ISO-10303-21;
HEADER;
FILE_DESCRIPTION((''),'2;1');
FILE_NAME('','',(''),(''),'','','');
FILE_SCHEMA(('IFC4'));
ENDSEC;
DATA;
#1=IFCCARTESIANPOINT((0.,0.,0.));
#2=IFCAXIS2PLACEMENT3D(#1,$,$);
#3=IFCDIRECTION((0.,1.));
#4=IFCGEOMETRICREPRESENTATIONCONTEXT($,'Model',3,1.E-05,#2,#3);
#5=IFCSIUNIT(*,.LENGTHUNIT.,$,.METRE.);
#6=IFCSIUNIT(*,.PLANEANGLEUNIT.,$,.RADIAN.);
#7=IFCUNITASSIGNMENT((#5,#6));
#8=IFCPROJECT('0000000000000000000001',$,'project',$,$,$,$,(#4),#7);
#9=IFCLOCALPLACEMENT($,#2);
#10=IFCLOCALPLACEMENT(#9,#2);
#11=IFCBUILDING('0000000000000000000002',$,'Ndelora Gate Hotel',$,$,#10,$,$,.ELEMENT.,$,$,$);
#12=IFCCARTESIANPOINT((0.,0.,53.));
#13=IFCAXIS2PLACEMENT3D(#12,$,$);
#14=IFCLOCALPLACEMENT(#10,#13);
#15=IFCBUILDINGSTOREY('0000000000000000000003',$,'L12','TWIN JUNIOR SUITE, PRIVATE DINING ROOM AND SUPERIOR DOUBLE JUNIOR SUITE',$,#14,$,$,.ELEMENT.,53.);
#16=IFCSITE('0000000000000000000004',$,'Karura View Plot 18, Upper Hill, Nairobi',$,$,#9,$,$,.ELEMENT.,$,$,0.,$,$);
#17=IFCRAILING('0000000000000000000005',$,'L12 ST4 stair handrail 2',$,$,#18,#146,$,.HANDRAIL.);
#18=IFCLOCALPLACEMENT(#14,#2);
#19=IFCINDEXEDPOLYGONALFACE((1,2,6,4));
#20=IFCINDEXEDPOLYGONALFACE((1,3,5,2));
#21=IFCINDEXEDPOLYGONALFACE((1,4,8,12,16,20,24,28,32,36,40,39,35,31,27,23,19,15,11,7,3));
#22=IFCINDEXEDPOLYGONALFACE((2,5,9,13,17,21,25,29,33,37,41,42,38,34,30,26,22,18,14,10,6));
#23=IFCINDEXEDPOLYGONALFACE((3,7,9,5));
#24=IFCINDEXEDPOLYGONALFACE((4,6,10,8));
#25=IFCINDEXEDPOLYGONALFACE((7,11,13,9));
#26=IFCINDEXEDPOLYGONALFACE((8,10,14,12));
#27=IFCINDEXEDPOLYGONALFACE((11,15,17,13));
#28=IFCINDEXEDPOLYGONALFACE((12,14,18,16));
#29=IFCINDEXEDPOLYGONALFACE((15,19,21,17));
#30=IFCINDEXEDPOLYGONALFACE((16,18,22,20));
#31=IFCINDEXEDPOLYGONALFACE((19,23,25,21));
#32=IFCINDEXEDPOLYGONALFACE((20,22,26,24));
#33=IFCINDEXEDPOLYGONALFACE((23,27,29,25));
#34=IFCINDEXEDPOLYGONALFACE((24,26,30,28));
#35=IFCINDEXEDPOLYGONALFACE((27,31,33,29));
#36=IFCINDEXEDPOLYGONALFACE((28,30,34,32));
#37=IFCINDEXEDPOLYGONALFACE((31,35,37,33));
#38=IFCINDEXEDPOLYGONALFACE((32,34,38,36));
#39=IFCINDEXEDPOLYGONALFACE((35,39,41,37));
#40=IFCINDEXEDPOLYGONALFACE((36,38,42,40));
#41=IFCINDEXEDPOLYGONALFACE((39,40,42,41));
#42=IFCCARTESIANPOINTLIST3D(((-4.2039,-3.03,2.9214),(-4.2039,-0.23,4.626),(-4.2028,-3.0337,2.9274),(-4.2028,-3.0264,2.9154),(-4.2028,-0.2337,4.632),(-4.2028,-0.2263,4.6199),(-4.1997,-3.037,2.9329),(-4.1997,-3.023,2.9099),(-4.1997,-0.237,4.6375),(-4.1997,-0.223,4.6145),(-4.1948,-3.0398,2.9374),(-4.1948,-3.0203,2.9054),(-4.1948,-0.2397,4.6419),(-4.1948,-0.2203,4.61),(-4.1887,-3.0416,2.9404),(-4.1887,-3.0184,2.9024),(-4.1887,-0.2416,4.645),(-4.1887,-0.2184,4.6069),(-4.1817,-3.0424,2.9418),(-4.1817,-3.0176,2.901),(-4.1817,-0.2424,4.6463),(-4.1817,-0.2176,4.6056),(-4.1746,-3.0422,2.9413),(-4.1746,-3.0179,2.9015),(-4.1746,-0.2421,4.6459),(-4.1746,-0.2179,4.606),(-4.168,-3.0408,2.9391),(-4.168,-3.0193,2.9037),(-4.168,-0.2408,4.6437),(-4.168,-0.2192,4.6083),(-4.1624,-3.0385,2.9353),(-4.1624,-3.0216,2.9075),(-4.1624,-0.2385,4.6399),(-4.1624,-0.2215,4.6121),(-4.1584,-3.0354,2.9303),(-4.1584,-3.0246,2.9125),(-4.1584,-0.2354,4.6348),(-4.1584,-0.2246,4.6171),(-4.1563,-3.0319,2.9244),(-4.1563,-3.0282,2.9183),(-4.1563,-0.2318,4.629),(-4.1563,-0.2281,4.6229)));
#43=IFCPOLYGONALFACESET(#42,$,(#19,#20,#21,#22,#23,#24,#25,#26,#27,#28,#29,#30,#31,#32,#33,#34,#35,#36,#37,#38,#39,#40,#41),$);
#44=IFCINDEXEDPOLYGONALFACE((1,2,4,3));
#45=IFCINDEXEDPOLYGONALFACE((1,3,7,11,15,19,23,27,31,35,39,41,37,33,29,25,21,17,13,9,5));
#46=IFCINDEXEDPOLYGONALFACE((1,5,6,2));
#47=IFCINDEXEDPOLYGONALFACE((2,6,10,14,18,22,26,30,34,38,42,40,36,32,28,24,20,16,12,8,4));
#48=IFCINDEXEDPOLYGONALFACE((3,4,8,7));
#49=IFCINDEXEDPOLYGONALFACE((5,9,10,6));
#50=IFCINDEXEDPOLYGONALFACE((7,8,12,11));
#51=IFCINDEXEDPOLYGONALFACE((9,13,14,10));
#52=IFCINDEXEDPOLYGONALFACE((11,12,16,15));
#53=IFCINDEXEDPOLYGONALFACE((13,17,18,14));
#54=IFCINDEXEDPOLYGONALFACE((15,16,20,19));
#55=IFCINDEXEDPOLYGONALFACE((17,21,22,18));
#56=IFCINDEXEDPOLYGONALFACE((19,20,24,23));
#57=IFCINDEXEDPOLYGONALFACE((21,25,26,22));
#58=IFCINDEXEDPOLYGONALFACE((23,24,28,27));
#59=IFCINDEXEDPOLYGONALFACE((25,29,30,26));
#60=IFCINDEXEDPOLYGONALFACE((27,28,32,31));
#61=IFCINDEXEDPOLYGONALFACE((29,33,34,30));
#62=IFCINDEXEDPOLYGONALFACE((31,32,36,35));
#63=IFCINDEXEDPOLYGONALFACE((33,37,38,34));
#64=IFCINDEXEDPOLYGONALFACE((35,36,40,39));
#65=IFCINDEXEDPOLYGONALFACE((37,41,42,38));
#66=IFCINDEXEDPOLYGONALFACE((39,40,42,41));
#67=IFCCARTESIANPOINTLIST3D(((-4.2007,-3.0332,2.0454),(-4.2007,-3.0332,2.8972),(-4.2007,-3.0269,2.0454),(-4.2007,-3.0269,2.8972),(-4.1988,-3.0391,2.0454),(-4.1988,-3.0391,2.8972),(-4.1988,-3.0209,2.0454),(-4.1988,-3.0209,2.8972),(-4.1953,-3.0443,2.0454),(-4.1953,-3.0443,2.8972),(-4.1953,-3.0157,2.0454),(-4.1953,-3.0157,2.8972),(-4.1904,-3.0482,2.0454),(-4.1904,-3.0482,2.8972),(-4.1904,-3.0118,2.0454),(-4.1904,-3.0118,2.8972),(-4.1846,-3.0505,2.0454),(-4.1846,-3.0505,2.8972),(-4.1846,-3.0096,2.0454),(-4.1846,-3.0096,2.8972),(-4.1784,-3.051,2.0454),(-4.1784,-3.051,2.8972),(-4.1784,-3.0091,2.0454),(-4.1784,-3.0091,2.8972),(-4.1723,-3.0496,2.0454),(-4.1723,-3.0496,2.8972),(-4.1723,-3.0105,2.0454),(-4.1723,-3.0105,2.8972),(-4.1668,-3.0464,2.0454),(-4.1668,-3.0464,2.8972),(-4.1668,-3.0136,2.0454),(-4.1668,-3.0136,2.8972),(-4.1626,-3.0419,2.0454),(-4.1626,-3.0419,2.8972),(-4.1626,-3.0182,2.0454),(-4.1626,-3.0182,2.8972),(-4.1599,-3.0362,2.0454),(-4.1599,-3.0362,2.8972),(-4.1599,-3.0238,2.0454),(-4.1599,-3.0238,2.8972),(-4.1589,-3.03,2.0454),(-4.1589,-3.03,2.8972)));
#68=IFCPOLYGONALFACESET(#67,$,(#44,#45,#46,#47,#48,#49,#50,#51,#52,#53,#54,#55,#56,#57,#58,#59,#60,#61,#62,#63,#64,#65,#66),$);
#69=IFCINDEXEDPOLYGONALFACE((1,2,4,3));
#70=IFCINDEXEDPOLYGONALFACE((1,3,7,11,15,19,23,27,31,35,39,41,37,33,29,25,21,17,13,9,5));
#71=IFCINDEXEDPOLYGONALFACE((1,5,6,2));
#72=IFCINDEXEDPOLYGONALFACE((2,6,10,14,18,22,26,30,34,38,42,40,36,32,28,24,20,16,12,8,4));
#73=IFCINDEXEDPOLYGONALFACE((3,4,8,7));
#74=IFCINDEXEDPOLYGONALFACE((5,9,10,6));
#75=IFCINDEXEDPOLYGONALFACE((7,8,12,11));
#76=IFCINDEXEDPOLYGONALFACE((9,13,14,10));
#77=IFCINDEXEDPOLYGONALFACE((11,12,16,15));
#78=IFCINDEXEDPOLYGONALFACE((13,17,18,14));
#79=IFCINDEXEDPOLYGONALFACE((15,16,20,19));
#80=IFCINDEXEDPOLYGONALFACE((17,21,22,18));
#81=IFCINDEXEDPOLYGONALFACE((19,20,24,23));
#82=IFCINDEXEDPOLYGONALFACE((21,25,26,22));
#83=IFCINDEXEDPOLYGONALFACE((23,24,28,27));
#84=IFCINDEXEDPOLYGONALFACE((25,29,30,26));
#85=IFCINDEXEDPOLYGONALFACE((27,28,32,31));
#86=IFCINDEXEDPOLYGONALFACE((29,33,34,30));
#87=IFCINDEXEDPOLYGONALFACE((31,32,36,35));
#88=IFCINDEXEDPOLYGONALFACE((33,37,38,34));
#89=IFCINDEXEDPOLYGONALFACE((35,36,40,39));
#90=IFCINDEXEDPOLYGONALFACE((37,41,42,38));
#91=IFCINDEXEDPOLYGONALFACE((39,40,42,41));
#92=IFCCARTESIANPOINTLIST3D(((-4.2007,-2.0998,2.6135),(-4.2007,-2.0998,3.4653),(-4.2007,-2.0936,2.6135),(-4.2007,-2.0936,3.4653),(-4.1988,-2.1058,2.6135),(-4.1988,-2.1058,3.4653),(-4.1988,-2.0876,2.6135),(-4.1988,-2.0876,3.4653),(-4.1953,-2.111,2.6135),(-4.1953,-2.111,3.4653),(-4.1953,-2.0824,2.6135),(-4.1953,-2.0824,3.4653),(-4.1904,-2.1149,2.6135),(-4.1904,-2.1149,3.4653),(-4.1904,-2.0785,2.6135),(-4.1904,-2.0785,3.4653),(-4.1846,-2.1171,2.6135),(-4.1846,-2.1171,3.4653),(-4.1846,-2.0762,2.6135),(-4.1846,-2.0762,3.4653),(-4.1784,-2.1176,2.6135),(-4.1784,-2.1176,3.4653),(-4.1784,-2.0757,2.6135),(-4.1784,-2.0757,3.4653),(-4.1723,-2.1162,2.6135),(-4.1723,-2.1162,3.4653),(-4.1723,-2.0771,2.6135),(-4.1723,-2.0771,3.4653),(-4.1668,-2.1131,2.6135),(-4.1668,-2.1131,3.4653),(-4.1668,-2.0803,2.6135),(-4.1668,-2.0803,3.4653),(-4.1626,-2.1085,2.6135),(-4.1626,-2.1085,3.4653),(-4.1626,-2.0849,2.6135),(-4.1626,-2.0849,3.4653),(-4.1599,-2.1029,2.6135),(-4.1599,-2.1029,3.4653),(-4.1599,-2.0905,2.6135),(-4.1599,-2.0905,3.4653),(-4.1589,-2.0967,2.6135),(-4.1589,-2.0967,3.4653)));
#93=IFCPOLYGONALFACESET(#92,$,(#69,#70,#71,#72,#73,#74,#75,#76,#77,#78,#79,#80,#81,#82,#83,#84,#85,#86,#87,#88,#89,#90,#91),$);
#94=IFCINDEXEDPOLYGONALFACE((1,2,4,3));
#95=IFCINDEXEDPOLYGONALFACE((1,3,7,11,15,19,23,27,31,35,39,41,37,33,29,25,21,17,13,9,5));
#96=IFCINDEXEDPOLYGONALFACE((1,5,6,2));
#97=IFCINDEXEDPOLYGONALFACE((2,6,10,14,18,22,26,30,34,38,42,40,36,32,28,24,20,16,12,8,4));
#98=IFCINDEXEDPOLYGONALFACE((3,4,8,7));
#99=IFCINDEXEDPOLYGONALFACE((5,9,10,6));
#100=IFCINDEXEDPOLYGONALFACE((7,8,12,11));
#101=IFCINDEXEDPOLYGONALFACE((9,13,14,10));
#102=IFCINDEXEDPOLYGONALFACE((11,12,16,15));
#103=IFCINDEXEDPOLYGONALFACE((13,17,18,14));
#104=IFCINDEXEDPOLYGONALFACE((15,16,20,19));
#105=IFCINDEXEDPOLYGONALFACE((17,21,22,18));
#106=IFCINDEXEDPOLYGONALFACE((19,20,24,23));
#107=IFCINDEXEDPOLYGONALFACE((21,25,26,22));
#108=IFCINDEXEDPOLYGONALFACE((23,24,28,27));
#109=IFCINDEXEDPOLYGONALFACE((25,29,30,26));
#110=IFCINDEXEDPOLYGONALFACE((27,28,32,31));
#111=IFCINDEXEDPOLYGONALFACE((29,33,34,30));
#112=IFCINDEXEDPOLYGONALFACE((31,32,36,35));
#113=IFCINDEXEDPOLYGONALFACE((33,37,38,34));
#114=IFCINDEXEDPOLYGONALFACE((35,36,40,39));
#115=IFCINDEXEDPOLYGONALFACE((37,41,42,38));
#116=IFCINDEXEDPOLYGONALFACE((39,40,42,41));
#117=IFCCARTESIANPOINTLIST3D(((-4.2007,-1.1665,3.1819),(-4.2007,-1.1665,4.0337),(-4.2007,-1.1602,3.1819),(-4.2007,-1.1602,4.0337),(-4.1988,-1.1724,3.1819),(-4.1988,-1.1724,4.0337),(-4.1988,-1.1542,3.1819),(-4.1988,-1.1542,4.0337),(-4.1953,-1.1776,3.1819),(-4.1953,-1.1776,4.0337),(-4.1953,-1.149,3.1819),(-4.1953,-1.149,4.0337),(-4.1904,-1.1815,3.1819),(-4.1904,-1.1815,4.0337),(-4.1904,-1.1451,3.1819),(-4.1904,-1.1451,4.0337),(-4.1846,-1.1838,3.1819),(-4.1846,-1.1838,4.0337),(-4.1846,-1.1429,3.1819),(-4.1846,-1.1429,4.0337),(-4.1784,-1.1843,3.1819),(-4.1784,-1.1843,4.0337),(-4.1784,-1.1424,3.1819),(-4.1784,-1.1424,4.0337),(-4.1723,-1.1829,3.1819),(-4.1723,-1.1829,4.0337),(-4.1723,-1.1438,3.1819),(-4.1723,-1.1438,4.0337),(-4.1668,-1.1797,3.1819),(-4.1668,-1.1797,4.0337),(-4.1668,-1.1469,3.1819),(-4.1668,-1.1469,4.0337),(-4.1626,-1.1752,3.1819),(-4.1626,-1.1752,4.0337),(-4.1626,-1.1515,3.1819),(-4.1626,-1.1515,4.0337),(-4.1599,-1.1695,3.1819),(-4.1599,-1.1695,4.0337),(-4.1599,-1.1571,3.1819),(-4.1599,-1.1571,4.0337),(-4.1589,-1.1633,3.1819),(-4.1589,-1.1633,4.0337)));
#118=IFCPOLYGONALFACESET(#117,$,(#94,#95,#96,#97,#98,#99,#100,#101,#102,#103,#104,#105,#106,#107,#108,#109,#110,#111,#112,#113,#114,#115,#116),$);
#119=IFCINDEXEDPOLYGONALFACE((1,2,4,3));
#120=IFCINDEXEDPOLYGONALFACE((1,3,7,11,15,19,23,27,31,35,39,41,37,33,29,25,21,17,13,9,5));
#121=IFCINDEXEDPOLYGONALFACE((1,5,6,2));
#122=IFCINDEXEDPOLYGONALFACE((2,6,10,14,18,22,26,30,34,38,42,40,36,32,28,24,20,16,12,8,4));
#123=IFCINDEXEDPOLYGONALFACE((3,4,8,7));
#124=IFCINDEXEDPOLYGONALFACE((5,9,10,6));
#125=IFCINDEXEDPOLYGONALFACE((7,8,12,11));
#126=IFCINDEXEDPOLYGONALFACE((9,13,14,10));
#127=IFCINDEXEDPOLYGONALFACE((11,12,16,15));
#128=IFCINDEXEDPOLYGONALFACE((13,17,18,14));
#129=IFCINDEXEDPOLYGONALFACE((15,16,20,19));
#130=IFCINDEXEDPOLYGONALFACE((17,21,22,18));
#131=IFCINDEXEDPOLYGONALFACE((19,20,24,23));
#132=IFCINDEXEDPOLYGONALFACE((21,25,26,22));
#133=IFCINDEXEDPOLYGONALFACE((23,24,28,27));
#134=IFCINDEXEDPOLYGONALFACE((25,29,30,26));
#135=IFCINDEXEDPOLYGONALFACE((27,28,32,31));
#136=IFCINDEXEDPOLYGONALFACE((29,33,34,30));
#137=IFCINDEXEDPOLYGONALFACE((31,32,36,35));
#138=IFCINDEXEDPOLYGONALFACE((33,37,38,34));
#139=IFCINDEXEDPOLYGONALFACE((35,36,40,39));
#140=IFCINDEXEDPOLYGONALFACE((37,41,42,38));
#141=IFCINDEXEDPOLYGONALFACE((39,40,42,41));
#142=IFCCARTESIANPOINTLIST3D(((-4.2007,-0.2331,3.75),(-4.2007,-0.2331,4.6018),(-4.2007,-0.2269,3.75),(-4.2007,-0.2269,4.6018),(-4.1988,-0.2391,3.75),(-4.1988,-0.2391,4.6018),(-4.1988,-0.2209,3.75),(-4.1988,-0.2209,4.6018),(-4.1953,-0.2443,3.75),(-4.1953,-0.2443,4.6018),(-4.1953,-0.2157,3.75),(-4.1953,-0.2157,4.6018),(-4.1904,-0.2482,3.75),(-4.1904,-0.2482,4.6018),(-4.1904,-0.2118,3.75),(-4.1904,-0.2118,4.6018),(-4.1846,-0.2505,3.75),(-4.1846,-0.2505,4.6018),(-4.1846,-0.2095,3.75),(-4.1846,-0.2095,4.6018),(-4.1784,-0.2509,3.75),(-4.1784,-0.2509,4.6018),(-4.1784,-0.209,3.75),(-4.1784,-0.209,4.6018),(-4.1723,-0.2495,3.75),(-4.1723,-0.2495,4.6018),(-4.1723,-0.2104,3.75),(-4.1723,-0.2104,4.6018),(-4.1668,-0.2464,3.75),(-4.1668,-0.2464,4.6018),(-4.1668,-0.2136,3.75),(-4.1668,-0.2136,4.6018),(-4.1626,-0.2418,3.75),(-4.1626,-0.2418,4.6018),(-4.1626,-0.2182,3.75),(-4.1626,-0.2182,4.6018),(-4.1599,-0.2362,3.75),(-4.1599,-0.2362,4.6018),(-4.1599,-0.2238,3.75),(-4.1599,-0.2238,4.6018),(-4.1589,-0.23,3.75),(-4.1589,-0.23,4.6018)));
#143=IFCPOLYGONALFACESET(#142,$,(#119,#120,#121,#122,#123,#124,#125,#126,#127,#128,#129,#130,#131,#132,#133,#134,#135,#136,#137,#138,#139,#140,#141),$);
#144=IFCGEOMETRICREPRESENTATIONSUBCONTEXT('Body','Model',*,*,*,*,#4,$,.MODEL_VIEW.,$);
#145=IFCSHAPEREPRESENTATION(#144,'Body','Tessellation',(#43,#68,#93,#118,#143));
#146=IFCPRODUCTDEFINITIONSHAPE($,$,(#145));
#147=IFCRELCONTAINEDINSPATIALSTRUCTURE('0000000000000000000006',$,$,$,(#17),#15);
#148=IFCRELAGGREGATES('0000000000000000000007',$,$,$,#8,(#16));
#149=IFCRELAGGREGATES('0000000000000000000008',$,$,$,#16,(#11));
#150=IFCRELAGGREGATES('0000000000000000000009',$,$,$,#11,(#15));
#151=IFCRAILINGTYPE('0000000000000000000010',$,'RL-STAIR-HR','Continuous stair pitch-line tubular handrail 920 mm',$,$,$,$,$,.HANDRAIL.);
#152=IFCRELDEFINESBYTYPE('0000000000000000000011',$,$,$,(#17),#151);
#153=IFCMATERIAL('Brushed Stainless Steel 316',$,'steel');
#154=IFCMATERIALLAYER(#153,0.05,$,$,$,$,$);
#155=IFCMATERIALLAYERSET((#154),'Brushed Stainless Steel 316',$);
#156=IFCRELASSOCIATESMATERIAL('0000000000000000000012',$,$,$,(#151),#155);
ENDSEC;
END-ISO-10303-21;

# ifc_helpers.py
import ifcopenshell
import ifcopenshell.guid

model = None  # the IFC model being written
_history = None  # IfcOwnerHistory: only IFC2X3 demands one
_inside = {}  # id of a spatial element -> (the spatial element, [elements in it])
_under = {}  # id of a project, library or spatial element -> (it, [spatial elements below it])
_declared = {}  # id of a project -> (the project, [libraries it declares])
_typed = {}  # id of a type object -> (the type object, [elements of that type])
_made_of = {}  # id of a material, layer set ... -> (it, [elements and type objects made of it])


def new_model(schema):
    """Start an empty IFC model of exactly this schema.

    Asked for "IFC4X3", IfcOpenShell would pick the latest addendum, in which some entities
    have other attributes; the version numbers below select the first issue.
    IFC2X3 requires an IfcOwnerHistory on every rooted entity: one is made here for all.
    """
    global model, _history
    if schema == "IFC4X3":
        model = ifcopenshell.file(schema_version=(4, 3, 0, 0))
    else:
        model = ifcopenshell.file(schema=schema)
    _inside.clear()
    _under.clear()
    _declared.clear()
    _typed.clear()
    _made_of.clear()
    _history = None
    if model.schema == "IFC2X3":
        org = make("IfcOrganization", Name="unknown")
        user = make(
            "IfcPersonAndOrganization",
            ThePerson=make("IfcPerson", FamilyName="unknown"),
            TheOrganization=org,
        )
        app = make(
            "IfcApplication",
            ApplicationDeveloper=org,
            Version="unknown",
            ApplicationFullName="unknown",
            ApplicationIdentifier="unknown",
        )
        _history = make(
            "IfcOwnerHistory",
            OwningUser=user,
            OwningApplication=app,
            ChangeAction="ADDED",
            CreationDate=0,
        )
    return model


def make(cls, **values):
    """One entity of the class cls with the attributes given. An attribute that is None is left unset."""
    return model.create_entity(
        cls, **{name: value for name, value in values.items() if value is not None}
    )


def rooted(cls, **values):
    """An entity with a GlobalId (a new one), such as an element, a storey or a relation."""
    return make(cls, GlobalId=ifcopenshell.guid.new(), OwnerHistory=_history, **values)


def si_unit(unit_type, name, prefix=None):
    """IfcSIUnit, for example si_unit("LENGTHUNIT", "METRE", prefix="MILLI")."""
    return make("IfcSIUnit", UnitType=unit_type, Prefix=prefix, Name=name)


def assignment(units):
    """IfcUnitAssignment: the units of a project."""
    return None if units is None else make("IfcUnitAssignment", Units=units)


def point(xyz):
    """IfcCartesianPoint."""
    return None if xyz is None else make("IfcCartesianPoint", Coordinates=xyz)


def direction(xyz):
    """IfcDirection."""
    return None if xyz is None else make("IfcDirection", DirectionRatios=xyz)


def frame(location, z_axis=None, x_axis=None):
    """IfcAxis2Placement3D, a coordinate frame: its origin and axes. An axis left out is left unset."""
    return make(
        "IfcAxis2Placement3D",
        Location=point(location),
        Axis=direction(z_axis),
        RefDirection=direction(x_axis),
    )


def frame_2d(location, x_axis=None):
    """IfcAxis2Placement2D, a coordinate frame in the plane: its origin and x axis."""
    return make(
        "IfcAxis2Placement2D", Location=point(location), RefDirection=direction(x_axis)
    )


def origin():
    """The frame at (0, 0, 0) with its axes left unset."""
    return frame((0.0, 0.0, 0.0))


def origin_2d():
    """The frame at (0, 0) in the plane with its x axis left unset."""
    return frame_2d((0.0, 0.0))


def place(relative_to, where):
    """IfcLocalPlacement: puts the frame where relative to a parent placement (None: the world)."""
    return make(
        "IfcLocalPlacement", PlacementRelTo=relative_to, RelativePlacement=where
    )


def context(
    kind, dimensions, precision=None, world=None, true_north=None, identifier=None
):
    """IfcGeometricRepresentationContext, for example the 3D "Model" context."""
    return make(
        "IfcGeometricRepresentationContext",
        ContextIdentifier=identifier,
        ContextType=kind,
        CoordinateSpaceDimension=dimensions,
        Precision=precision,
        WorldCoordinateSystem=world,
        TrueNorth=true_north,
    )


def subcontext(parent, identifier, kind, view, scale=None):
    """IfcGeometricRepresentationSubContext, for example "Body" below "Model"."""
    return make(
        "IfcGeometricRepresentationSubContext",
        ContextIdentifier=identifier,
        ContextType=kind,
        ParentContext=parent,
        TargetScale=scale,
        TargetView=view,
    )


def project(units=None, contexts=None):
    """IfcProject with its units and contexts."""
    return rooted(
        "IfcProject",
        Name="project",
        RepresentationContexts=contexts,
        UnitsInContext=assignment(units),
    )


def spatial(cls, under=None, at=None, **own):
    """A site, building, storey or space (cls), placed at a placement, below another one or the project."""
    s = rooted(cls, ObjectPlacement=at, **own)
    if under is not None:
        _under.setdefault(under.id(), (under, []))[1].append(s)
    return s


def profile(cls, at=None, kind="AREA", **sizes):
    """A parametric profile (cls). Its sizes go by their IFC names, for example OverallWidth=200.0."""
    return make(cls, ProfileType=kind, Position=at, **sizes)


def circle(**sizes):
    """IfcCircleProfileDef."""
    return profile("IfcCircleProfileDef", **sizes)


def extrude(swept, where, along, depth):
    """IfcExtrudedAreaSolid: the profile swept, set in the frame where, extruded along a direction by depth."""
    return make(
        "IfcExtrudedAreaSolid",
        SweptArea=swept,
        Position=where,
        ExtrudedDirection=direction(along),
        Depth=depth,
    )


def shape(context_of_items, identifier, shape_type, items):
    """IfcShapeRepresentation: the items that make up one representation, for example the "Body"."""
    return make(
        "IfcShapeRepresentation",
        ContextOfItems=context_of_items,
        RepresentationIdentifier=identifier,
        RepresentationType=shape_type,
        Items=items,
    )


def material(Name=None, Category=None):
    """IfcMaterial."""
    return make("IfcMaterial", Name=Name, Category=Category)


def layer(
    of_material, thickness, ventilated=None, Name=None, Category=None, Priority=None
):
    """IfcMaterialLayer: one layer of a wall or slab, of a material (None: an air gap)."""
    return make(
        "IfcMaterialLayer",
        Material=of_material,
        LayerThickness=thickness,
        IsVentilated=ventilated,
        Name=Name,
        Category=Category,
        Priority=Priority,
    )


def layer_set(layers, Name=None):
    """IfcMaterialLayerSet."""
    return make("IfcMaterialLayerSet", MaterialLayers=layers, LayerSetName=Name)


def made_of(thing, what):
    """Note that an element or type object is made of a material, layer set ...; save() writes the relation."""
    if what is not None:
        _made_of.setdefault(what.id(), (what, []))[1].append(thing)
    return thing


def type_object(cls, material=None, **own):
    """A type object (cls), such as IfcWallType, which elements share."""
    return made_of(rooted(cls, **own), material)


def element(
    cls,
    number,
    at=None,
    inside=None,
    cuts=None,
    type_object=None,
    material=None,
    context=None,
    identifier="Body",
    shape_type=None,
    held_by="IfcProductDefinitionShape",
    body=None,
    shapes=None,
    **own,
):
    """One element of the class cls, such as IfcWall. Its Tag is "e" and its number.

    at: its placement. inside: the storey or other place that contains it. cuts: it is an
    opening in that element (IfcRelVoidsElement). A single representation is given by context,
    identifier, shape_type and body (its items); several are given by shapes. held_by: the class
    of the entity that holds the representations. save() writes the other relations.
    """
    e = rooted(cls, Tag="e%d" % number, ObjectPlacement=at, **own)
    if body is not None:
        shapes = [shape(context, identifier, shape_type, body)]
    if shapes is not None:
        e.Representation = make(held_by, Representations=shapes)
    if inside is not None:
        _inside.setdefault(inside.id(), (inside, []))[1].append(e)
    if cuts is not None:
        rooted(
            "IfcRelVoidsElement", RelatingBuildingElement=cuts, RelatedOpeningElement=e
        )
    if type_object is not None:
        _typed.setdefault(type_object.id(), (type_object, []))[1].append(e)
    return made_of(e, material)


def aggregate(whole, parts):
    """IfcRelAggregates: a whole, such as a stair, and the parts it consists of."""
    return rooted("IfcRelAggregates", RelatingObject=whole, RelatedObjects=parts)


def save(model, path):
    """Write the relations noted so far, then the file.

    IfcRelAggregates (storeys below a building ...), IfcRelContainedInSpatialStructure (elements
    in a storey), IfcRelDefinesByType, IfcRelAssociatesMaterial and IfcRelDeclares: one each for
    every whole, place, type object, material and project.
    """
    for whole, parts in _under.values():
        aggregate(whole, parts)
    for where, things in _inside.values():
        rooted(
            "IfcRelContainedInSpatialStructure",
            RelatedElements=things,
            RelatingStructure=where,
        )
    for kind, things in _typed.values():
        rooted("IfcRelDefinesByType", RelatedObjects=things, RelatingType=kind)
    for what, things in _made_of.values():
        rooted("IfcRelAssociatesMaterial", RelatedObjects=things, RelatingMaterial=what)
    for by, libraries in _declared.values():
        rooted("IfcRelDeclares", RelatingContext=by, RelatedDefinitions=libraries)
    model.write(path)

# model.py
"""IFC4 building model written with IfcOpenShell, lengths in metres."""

from ifc_helpers import new_model, si_unit, direction, frame, origin, origin_2d, place, context, subcontext, project, spatial, circle, extrude, material, layer, layer_set, type_object, element, save


model = new_model("IFC4")

# Units and contexts
model_context = context("Model", 3, precision=1e-05, world=origin(), true_north=direction((0.0, 1.0)))
body_context = subcontext(model_context, "Body", "Model", "MODEL_VIEW")
ifc_project = project(units=[si_unit("LENGTHUNIT", "METRE"), si_unit("PLANEANGLEUNIT", "RADIAN")], contexts=[model_context])

# Site, building, storey
site_placement = place(None, origin())
site = spatial("IfcSite", under=ifc_project, at=site_placement, Name="Karura View Plot 18, Upper Hill, Nairobi", CompositionType="ELEMENT", RefElevation=0.0)
building_placement = place(site_placement, origin())
building = spatial("IfcBuilding", under=site, at=building_placement, Name="Ndelora Gate Hotel", CompositionType="ELEMENT")
storey_placement = place(building_placement, frame((0.0, 0.0, 53.0)))
storey = spatial("IfcBuildingStorey", under=building, at=storey_placement, Name="L12", Description="TWIN JUNIOR SUITE, PRIVATE DINING ROOM AND SUPERIOR DOUBLE JUNIOR SUITE", CompositionType="ELEMENT", Elevation=53.0)

# Railing
ifc_material_1 = material(Name="Brushed Stainless Steel 316", Category="steel")
ifc_layer_1 = layer(ifc_material_1, 0.05)
ifc_layer_set_1 = layer_set([ifc_layer_1], Name="Brushed Stainless Steel 316")
railing_type_1 = type_object("IfcRailingType", Name="RL-STAIR-HR", Description="Continuous stair pitch-line tubular handrail 920 mm", PredefinedType="HANDRAIL", material=ifc_layer_set_1)
railing_1_placement = place(storey_placement, frame((-4.1799, -3.03, 2.0454)))
element("IfcRailing", 1, at=railing_1_placement, inside=storey, type_object=railing_type_1, Name="L12 ST4 stair handrail 2", PredefinedType="HANDRAIL", context=body_context, shape_type="SweptSolid", body=[
    extrude(circle(Radius=0.0239, at=origin_2d()), frame((0.0, 0.0, 0.876), z_axis=(0.0, 0.85417, 0.519994), x_axis=(-1.0, 0.0, 0.0)), (0.0, 0.0, 1.0), 3.2781),
    extrude(circle(Radius=0.021, at=origin_2d()), origin(), (0.0, 0.0, 1.0), 0.8518),
    extrude(circle(Radius=0.021, at=origin_2d()), frame((0.0, 0.9333, 0.5681)), (0.0, 0.0, 1.0), 0.8518),
    extrude(circle(Radius=0.021, at=origin_2d()), frame((0.0, 1.8667, 1.1365)), (0.0, 0.0, 1.0), 0.8518),
    extrude(circle(Radius=0.021, at=origin_2d()), frame((0.0, 2.8, 1.7046)), (0.0, 0.0, 1.0), 0.8518),
])

save(model, "model.ifc")
